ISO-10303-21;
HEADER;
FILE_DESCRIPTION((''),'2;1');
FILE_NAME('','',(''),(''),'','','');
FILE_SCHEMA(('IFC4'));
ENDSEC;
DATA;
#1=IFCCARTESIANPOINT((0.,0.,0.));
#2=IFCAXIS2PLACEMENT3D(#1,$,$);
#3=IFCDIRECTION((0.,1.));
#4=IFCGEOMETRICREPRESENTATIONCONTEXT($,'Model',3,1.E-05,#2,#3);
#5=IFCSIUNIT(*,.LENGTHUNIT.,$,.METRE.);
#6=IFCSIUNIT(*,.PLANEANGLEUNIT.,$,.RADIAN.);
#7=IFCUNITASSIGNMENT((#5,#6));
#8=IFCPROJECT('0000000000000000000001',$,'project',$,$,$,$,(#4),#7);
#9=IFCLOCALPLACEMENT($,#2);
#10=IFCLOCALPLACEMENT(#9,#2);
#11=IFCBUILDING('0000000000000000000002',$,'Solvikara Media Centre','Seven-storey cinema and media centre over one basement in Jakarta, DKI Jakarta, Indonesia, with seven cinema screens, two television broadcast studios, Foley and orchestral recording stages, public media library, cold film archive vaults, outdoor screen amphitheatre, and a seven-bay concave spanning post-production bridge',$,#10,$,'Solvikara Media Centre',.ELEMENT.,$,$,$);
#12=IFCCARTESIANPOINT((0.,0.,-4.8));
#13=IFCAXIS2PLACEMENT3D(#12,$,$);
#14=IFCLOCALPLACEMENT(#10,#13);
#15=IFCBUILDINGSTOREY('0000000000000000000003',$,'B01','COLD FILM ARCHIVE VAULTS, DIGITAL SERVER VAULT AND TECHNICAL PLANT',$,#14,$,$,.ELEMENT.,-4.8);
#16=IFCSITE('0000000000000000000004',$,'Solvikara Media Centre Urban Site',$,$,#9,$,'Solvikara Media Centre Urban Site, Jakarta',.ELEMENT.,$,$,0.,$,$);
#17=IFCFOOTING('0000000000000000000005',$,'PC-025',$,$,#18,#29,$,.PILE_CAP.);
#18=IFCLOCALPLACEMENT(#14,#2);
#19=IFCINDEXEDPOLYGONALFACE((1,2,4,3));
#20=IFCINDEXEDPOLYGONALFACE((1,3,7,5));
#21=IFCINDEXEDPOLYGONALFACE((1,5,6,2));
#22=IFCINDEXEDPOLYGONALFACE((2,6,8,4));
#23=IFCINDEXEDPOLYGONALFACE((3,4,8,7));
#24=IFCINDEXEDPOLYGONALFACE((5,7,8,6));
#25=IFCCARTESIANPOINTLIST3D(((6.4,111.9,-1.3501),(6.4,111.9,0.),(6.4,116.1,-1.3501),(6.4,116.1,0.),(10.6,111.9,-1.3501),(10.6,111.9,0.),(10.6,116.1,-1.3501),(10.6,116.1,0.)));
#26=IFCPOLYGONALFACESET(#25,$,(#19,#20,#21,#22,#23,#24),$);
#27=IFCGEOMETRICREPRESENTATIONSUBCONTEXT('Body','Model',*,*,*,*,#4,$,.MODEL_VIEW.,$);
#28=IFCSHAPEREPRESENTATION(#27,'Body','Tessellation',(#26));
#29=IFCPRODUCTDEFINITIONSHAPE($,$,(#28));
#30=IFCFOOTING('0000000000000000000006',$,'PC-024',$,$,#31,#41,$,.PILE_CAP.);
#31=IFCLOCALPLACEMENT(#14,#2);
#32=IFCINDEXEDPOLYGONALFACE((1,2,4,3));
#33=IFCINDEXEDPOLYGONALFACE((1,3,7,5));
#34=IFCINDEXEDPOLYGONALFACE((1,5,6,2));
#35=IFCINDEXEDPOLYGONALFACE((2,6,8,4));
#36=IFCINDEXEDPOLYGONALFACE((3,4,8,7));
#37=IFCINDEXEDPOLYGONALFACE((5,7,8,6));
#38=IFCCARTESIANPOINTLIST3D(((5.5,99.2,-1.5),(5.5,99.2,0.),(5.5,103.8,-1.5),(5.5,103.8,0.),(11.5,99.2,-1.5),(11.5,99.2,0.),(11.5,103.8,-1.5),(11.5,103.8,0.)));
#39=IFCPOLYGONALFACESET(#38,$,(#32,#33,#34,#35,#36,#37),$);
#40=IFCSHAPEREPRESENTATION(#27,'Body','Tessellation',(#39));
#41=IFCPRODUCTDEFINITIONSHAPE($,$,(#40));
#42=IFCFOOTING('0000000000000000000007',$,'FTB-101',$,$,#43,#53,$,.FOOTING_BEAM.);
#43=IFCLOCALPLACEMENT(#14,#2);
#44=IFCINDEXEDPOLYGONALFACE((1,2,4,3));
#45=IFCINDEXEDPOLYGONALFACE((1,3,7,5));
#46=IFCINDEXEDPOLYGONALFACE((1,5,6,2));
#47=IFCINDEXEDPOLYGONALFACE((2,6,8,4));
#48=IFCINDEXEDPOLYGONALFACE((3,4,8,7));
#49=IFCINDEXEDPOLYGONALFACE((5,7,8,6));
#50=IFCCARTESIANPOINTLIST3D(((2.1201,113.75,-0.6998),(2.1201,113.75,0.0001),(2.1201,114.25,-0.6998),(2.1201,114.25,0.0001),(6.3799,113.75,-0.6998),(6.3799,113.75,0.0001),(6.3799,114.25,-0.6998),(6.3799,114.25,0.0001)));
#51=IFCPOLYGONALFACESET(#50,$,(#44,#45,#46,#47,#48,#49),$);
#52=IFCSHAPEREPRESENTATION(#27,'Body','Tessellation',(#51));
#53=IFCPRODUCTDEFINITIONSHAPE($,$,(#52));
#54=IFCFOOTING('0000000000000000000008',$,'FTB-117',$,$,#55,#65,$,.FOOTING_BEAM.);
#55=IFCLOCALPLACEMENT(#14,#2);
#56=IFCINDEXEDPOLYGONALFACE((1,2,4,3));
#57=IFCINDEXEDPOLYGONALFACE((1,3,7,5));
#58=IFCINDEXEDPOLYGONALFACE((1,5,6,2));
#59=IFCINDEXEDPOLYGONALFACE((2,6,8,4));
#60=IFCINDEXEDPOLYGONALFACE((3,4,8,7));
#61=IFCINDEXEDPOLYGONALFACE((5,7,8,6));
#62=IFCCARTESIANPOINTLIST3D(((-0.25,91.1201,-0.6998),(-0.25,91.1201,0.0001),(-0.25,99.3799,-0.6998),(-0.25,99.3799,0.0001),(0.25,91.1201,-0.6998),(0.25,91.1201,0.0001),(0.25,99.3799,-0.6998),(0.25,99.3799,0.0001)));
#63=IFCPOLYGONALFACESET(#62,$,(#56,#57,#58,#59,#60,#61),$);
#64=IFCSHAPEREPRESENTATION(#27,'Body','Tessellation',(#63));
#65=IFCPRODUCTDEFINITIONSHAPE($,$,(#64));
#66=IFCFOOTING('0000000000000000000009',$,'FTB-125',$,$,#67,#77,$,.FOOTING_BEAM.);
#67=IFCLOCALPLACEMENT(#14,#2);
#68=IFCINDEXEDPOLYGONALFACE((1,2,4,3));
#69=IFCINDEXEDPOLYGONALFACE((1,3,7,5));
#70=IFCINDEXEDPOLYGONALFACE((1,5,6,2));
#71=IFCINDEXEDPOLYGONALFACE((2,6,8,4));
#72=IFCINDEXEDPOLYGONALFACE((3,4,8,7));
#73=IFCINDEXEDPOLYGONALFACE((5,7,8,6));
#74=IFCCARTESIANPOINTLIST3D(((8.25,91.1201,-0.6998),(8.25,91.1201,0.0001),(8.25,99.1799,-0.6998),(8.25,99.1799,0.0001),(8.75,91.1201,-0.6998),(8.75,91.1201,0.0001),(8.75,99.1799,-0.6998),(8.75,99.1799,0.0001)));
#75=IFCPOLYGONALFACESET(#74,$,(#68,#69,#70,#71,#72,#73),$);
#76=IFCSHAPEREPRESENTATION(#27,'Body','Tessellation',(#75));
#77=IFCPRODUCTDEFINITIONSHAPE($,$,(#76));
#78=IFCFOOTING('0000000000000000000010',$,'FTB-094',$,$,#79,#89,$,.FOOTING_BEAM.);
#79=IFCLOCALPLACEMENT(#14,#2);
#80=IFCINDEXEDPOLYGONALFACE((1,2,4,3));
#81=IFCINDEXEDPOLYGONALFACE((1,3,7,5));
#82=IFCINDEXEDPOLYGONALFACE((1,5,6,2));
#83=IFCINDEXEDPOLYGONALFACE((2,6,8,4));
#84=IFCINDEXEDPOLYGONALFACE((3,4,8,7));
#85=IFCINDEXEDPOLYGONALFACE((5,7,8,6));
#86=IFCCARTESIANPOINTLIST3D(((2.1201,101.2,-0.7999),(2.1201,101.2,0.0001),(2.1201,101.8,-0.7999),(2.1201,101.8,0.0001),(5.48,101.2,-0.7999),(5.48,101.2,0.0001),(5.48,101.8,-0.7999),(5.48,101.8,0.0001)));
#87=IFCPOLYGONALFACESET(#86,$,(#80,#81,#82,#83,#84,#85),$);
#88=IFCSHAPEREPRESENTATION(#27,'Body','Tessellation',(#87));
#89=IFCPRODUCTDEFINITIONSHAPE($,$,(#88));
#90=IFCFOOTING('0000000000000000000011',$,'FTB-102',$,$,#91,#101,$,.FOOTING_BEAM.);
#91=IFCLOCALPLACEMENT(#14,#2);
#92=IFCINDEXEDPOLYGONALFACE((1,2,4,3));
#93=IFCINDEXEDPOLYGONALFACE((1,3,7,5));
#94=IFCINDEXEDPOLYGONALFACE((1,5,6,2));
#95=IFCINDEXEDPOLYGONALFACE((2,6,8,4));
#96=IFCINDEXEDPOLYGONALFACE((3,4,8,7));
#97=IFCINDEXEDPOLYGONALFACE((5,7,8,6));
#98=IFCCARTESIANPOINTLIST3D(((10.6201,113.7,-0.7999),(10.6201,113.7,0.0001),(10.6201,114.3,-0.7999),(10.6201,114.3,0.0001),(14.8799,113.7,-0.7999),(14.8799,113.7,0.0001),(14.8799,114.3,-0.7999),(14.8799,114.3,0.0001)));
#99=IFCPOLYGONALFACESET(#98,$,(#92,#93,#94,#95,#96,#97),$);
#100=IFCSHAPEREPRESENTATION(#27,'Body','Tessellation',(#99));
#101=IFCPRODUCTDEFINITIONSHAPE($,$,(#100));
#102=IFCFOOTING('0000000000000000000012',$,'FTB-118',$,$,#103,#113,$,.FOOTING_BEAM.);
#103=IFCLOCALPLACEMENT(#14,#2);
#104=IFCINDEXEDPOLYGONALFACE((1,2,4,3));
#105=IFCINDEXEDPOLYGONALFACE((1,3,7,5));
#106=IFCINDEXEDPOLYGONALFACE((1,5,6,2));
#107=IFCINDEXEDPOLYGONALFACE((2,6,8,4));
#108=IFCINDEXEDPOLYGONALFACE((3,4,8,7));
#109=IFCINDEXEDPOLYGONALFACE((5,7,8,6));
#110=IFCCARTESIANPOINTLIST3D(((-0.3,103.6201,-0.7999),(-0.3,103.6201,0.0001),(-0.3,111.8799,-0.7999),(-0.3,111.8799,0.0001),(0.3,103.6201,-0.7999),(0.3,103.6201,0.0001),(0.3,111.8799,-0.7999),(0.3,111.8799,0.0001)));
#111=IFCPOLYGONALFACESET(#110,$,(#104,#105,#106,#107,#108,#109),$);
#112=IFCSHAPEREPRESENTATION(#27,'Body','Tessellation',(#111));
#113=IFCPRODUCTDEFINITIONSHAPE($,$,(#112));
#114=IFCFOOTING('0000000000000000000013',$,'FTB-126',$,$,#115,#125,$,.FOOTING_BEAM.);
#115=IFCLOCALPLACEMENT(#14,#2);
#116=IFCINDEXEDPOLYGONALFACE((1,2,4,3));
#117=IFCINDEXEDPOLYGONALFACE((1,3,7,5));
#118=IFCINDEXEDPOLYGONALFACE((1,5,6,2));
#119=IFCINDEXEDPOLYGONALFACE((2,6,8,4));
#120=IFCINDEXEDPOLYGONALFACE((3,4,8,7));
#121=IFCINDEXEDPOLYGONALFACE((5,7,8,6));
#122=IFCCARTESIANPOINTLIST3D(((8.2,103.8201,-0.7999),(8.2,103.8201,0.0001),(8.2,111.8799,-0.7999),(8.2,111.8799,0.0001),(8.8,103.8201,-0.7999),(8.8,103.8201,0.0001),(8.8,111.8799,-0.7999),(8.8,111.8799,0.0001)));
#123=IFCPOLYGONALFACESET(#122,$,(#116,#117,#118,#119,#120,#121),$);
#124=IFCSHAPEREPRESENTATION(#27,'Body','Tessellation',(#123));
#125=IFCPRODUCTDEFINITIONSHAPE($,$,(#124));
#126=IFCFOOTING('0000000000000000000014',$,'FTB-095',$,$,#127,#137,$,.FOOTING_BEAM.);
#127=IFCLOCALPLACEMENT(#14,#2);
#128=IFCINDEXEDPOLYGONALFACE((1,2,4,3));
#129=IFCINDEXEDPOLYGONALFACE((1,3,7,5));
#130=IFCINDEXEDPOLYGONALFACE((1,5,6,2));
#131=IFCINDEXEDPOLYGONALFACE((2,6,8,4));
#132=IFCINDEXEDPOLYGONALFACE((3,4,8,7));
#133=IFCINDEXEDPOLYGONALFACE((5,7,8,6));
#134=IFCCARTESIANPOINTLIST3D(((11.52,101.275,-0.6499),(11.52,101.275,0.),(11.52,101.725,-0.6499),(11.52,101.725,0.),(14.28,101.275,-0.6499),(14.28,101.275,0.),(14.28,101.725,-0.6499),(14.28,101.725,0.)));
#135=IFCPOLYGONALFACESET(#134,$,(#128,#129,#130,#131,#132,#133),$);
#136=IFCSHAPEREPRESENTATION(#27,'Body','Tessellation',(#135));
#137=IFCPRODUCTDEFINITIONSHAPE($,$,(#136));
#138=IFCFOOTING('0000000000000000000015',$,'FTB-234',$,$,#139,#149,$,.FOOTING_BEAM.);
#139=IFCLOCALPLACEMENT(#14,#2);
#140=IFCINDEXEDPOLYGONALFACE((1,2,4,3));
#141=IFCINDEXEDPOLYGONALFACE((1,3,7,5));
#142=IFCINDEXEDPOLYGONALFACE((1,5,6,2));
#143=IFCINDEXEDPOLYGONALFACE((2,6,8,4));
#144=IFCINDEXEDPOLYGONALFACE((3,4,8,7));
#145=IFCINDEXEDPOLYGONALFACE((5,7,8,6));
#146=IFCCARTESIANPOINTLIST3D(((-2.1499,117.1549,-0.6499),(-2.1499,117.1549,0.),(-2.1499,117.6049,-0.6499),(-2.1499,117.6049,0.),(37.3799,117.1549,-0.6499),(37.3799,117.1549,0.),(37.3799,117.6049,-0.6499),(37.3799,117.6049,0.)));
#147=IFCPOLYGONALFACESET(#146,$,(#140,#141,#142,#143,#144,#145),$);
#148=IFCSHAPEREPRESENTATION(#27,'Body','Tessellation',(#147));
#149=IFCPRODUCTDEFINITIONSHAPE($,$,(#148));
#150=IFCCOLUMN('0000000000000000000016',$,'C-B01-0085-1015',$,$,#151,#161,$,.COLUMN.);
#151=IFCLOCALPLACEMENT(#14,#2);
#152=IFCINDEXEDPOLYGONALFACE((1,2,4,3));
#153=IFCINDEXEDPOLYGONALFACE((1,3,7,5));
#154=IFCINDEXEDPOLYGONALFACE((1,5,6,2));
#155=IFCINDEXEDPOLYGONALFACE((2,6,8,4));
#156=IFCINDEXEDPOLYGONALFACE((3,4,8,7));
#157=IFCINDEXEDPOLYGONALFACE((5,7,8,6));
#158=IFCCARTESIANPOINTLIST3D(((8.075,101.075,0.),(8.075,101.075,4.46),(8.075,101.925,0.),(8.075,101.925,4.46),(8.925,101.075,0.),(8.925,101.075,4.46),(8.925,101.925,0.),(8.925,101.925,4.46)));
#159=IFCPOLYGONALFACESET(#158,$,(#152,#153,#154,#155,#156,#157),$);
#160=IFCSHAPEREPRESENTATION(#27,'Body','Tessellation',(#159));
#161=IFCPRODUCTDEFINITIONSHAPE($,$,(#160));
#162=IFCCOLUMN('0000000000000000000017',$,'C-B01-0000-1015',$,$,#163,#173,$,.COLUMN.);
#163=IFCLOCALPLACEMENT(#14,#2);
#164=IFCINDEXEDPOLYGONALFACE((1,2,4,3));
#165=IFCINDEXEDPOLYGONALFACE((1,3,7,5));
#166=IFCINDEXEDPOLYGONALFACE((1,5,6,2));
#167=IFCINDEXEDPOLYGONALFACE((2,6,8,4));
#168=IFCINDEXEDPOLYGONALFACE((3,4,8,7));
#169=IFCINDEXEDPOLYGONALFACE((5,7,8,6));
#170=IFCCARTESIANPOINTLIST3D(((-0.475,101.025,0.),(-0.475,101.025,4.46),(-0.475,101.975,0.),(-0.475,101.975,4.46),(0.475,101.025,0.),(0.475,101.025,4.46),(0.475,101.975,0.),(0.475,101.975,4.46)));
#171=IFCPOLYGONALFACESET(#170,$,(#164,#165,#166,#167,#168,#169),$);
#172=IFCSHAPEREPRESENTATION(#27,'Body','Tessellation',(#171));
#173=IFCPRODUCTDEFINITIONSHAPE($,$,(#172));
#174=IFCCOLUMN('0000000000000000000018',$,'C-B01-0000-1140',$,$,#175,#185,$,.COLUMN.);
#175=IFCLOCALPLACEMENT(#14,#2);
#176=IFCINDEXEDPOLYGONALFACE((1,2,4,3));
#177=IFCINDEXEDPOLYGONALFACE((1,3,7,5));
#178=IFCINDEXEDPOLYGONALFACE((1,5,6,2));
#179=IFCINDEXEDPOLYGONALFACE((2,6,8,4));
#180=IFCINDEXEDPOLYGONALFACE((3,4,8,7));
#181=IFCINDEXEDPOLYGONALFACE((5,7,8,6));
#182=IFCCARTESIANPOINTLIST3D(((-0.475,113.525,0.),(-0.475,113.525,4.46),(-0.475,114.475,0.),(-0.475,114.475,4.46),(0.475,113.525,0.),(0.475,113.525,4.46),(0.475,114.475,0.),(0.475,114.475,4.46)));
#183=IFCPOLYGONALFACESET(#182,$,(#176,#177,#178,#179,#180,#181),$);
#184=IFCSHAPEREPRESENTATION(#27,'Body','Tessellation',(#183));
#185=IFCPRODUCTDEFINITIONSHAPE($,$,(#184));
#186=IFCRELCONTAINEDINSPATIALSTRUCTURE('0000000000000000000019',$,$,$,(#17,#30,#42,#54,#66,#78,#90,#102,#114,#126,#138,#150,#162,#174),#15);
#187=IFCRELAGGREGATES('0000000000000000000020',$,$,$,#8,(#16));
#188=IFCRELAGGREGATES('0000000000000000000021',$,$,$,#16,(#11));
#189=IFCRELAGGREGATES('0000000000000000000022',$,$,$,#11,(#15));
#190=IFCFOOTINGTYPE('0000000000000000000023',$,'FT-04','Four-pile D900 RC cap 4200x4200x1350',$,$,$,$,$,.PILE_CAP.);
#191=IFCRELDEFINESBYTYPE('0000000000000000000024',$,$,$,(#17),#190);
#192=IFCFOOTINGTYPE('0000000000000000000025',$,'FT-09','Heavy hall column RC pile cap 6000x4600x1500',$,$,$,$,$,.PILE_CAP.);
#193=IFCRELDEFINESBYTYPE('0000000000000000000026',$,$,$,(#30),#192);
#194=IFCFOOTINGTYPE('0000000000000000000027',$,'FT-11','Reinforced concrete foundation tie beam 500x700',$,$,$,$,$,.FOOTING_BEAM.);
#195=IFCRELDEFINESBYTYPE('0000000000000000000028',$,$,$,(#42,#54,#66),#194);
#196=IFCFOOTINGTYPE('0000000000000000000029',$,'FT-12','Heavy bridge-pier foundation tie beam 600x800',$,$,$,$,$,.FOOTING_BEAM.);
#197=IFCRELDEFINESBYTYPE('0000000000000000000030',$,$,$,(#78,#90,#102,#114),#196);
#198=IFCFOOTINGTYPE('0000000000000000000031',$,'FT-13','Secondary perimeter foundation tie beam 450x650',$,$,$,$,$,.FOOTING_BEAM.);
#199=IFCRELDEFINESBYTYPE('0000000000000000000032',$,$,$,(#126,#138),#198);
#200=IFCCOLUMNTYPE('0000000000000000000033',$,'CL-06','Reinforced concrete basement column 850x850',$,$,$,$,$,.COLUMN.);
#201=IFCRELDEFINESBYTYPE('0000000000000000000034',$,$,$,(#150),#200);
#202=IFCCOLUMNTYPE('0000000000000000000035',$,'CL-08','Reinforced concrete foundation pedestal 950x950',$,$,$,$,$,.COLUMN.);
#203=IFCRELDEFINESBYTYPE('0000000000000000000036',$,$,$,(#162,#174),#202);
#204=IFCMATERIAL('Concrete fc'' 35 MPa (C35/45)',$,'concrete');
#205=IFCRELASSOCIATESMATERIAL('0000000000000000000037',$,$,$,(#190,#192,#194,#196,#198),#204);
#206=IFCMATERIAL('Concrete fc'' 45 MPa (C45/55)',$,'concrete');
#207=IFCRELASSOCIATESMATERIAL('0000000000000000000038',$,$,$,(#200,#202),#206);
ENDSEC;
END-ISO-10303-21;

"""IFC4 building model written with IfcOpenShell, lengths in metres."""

from ifc_helpers import new_model, si_unit, direction, frame, origin, origin_2d, place, context, subcontext, project, spatial, rectangle, extrude, material, material_profile, profile_set, type_object, element, save


model = new_model("IFC4")

# Units and contexts
model_context = context("Model", 3, precision=1e-05, world=origin(), true_north=direction((0.0, 1.0)))
body_context = subcontext(model_context, "Body", "Model", "MODEL_VIEW")
ifc_project = project(units=[si_unit("LENGTHUNIT", "METRE"), si_unit("PLANEANGLEUNIT", "RADIAN")], contexts=[model_context])

# Site, building, storey
site_placement = place(None, origin())
site = spatial("IfcSite", under=ifc_project, at=site_placement, Name="Solvikara Media Centre Urban Site", LongName="Solvikara Media Centre Urban Site, Jakarta", CompositionType="ELEMENT", RefElevation=0.0)
building_placement = place(site_placement, origin())
building = spatial("IfcBuilding", under=site, at=building_placement, Name="Solvikara Media Centre", Description="Seven-storey cinema and media centre over one basement in Jakarta, DKI Jakarta, Indonesia, with seven cinema screens, two television broadcast studios, Foley and orchestral recording stages, public media library, cold film archive vaults, outdoor screen amphitheatre, and a seven-bay concave spanning post-production bridge", LongName="Solvikara Media Centre", CompositionType="ELEMENT")
storey_placement = place(building_placement, frame((0.0, 0.0, -4.8)))
storey = spatial("IfcBuildingStorey", under=building, at=storey_placement, Name="B01", Description="COLD FILM ARCHIVE VAULTS, DIGITAL SERVER VAULT AND TECHNICAL PLANT", CompositionType="ELEMENT", Elevation=-4.8)

# Shared definitions
ifc_material_1 = material(Name="Concrete fc' 35 MPa (C35/45)", Category="concrete")

# Footings
footing_type_1 = type_object("IfcFootingType", Name="FT-04", Description="Four-pile D900 RC cap 4200x4200x1350", PredefinedType="PILE_CAP", material=ifc_material_1)
for number, where, z_axis, x_axis, name in (
    (1, (8.5, 114.0, -1.3501), (0.0, 0.0, 1.0), (1.0, 0.0, 0.0), "PC-025"),
):
    element("IfcFooting", number, at=place(storey_placement, frame(where, z_axis=z_axis, x_axis=x_axis)), inside=storey, type_object=footing_type_1, Name=name, PredefinedType="PILE_CAP", context=body_context, shape_type="SweptSolid", body=[
        extrude(rectangle(XDim=4.2, YDim=4.2, at=origin_2d()), origin(), (0.0, 0.0, 1.0), 1.3501),
    ])
footing_type_2 = type_object("IfcFootingType", Name="FT-09", Description="Heavy hall column RC pile cap 6000x4600x1500", PredefinedType="PILE_CAP", material=ifc_material_1)
footing_1_placement = place(storey_placement, frame((8.5, 101.5, -1.5), z_axis=(0.0, 0.0, 1.0), x_axis=(1.0, 0.0, 0.0)))
element("IfcFooting", 2, at=footing_1_placement, inside=storey, type_object=footing_type_2, Name="PC-024", PredefinedType="PILE_CAP", context=body_context, shape_type="SweptSolid", body=[
    extrude(rectangle(XDim=6.0, YDim=4.6001, at=origin_2d()), origin(), (0.0, 0.0, 1.0), 1.5),
])
ifc_material_profile_1 = material_profile(ifc_material_1, rectangle(XDim=0.5, YDim=0.7, at=origin_2d()), Name="RC 500x700")
ifc_profile_set_1 = profile_set([ifc_material_profile_1], Name="Concrete fc' 35 MPa (C35/45)")
footing_type_3 = type_object("IfcFootingType", Name="FT-11", Description="Reinforced concrete foundation tie beam 500x700", PredefinedType="FOOTING_BEAM", material=ifc_profile_set_1)
footing_2_placement = place(storey_placement, frame((2.1201, 114.0, -0.3499), z_axis=(1.0, 0.0, 0.0), x_axis=(0.0, 1.0, 0.0)))
element("IfcFooting", 3, at=footing_2_placement, inside=storey, type_object=footing_type_3, Name="FTB-101", PredefinedType="FOOTING_BEAM", context=body_context, shape_type="SweptSolid", body=[
    extrude(rectangle(XDim=0.5, YDim=0.7, at=origin_2d()), origin(), (0.0, 0.0, 1.0), 4.2598),
])
footing_3_placement = place(storey_placement, frame((0.0, 91.1201, -0.3499), z_axis=(0.0, 1.0, 0.0), x_axis=(-1.0, 0.0, 0.0)))
element("IfcFooting", 4, at=footing_3_placement, inside=storey, type_object=footing_type_3, Name="FTB-117", PredefinedType="FOOTING_BEAM", context=body_context, shape_type="SweptSolid", body=[
    extrude(rectangle(XDim=0.5, YDim=0.7, at=origin_2d()), origin(), (0.0, 0.0, 1.0), 8.2598),
])
footing_4_placement = place(storey_placement, frame((8.5, 91.1201, -0.3499), z_axis=(0.0, 1.0, 0.0), x_axis=(-1.0, 0.0, 0.0)))
element("IfcFooting", 5, at=footing_4_placement, inside=storey, type_object=footing_type_3, Name="FTB-125", PredefinedType="FOOTING_BEAM", context=body_context, shape_type="SweptSolid", body=[
    extrude(rectangle(XDim=0.5, YDim=0.7, at=origin_2d()), origin(), (0.0, 0.0, 1.0), 8.0598),
])
ifc_material_profile_2 = material_profile(ifc_material_1, rectangle(XDim=0.6001, YDim=0.8, at=origin_2d()), Name="RC 600x800")
ifc_profile_set_2 = profile_set([ifc_material_profile_2], Name="Concrete fc' 35 MPa (C35/45)")
footing_type_4 = type_object("IfcFootingType", Name="FT-12", Description="Heavy bridge-pier foundation tie beam 600x800", PredefinedType="FOOTING_BEAM", material=ifc_profile_set_2)
footing_5_placement = place(storey_placement, frame((2.1201, 101.5, -0.3999), z_axis=(1.0, 0.0, 0.0), x_axis=(0.0, 1.0, 0.0)))
element("IfcFooting", 6, at=footing_5_placement, inside=storey, type_object=footing_type_4, Name="FTB-094", PredefinedType="FOOTING_BEAM", context=body_context, shape_type="SweptSolid", body=[
    extrude(rectangle(XDim=0.6001, YDim=0.8, at=origin_2d()), origin(), (0.0, 0.0, 1.0), 3.3599),
])
footing_6_placement = place(storey_placement, frame((10.6201, 114.0, -0.3999), z_axis=(1.0, 0.0, 0.0), x_axis=(0.0, 1.0, 0.0)))
element("IfcFooting", 7, at=footing_6_placement, inside=storey, type_object=footing_type_4, Name="FTB-102", PredefinedType="FOOTING_BEAM", context=body_context, shape_type="SweptSolid", body=[
    extrude(rectangle(XDim=0.6001, YDim=0.8, at=origin_2d()), origin(), (0.0, 0.0, 1.0), 4.2598),
])
footing_7_placement = place(storey_placement, frame((0.0, 103.6201, -0.3999), z_axis=(0.0, 1.0, 0.0), x_axis=(-1.0, 0.0, 0.0)))
element("IfcFooting", 8, at=footing_7_placement, inside=storey, type_object=footing_type_4, Name="FTB-118", PredefinedType="FOOTING_BEAM", context=body_context, shape_type="SweptSolid", body=[
    extrude(rectangle(XDim=0.6001, YDim=0.8, at=origin_2d()), origin(), (0.0, 0.0, 1.0), 8.2598),
])
footing_8_placement = place(storey_placement, frame((8.5, 103.8201, -0.3999), z_axis=(0.0, 1.0, 0.0), x_axis=(-1.0, 0.0, 0.0)))
element("IfcFooting", 9, at=footing_8_placement, inside=storey, type_object=footing_type_4, Name="FTB-126", PredefinedType="FOOTING_BEAM", context=body_context, shape_type="SweptSolid", body=[
    extrude(rectangle(XDim=0.6001, YDim=0.8, at=origin_2d()), origin(), (0.0, 0.0, 1.0), 8.0598),
])
ifc_material_profile_3 = material_profile(ifc_material_1, rectangle(XDim=0.45, YDim=0.6499, at=origin_2d()), Name="RC 450x650")
ifc_profile_set_3 = profile_set([ifc_material_profile_3], Name="Concrete fc' 35 MPa (C35/45)")
footing_type_5 = type_object("IfcFootingType", Name="FT-13", Description="Secondary perimeter foundation tie beam 450x650", PredefinedType="FOOTING_BEAM", material=ifc_profile_set_3)
footing_9_placement = place(storey_placement, frame((11.52, 101.5, -0.325), z_axis=(1.0, 0.0, 0.0), x_axis=(0.0, 1.0, 0.0)))
element("IfcFooting", 10, at=footing_9_placement, inside=storey, type_object=footing_type_5, Name="FTB-095", PredefinedType="FOOTING_BEAM", context=body_context, shape_type="SweptSolid", body=[
    extrude(rectangle(XDim=0.45, YDim=0.6499, at=origin_2d()), origin(), (0.0, 0.0, 1.0), 2.76),
])
footing_10_placement = place(storey_placement, frame((-2.1499, 117.3799, -0.325), z_axis=(1.0, 0.0, 0.0), x_axis=(0.0, 1.0, 0.0)))
element("IfcFooting", 11, at=footing_10_placement, inside=storey, type_object=footing_type_5, Name="FTB-234", PredefinedType="FOOTING_BEAM", context=body_context, shape_type="SweptSolid", body=[
    extrude(rectangle(XDim=0.45, YDim=0.6499, at=origin_2d()), origin(), (0.0, 0.0, 1.0), 39.5298),
])

# Columns
ifc_material_2 = material(Name="Concrete fc' 45 MPa (C45/55)", Category="concrete")
ifc_material_profile_4 = material_profile(ifc_material_2, rectangle(XDim=0.8501, YDim=0.8501, at=origin_2d()), Name="RC 850x850")
ifc_profile_set_4 = profile_set([ifc_material_profile_4], Name="Concrete fc' 45 MPa (C45/55)")
column_type_1 = type_object("IfcColumnType", Name="CL-06", Description="Reinforced concrete basement column 850x850", PredefinedType="COLUMN", material=ifc_profile_set_4)
column_placement = place(storey_placement, frame((8.5, 101.5, 0.0), z_axis=(0.0, 0.0, 1.0), x_axis=(1.0, 0.0, 0.0)))
element("IfcColumn", 12, at=column_placement, inside=storey, type_object=column_type_1, Name="C-B01-0085-1015", PredefinedType="COLUMN", context=body_context, shape_type="SweptSolid", body=[
    extrude(rectangle(XDim=0.8501, YDim=0.8501, at=origin_2d()), origin(), (0.0, 0.0, 1.0), 4.46),
])
ifc_material_profile_5 = material_profile(ifc_material_2, rectangle(XDim=0.95, YDim=0.95, at=origin_2d()), Name="RC 950x950")
ifc_profile_set_5 = profile_set([ifc_material_profile_5], Name="Concrete fc' 45 MPa (C45/55)")
column_type_2 = type_object("IfcColumnType", Name="CL-08", Description="Reinforced concrete foundation pedestal 950x950", PredefinedType="COLUMN", material=ifc_profile_set_5)
for number, where, z_axis, x_axis, name in (
    (13, (0.0, 101.5, 0.0), (0.0, 0.0, 1.0), (1.0, 0.0, 0.0), "C-B01-0000-1015"),
    (14, (0.0, 114.0, 0.0), (0.0, 0.0, 1.0), (1.0, 0.0, 0.0), "C-B01-0000-1140"),
):
    element("IfcColumn", number, at=place(storey_placement, frame(where, z_axis=z_axis, x_axis=x_axis)), inside=storey, type_object=column_type_2, Name=name, PredefinedType="COLUMN", context=body_context, shape_type="SweptSolid", body=[
        extrude(rectangle(XDim=0.95, YDim=0.95, at=origin_2d()), origin(), (0.0, 0.0, 1.0), 4.46),
    ])

save(model, "model.ifc")
